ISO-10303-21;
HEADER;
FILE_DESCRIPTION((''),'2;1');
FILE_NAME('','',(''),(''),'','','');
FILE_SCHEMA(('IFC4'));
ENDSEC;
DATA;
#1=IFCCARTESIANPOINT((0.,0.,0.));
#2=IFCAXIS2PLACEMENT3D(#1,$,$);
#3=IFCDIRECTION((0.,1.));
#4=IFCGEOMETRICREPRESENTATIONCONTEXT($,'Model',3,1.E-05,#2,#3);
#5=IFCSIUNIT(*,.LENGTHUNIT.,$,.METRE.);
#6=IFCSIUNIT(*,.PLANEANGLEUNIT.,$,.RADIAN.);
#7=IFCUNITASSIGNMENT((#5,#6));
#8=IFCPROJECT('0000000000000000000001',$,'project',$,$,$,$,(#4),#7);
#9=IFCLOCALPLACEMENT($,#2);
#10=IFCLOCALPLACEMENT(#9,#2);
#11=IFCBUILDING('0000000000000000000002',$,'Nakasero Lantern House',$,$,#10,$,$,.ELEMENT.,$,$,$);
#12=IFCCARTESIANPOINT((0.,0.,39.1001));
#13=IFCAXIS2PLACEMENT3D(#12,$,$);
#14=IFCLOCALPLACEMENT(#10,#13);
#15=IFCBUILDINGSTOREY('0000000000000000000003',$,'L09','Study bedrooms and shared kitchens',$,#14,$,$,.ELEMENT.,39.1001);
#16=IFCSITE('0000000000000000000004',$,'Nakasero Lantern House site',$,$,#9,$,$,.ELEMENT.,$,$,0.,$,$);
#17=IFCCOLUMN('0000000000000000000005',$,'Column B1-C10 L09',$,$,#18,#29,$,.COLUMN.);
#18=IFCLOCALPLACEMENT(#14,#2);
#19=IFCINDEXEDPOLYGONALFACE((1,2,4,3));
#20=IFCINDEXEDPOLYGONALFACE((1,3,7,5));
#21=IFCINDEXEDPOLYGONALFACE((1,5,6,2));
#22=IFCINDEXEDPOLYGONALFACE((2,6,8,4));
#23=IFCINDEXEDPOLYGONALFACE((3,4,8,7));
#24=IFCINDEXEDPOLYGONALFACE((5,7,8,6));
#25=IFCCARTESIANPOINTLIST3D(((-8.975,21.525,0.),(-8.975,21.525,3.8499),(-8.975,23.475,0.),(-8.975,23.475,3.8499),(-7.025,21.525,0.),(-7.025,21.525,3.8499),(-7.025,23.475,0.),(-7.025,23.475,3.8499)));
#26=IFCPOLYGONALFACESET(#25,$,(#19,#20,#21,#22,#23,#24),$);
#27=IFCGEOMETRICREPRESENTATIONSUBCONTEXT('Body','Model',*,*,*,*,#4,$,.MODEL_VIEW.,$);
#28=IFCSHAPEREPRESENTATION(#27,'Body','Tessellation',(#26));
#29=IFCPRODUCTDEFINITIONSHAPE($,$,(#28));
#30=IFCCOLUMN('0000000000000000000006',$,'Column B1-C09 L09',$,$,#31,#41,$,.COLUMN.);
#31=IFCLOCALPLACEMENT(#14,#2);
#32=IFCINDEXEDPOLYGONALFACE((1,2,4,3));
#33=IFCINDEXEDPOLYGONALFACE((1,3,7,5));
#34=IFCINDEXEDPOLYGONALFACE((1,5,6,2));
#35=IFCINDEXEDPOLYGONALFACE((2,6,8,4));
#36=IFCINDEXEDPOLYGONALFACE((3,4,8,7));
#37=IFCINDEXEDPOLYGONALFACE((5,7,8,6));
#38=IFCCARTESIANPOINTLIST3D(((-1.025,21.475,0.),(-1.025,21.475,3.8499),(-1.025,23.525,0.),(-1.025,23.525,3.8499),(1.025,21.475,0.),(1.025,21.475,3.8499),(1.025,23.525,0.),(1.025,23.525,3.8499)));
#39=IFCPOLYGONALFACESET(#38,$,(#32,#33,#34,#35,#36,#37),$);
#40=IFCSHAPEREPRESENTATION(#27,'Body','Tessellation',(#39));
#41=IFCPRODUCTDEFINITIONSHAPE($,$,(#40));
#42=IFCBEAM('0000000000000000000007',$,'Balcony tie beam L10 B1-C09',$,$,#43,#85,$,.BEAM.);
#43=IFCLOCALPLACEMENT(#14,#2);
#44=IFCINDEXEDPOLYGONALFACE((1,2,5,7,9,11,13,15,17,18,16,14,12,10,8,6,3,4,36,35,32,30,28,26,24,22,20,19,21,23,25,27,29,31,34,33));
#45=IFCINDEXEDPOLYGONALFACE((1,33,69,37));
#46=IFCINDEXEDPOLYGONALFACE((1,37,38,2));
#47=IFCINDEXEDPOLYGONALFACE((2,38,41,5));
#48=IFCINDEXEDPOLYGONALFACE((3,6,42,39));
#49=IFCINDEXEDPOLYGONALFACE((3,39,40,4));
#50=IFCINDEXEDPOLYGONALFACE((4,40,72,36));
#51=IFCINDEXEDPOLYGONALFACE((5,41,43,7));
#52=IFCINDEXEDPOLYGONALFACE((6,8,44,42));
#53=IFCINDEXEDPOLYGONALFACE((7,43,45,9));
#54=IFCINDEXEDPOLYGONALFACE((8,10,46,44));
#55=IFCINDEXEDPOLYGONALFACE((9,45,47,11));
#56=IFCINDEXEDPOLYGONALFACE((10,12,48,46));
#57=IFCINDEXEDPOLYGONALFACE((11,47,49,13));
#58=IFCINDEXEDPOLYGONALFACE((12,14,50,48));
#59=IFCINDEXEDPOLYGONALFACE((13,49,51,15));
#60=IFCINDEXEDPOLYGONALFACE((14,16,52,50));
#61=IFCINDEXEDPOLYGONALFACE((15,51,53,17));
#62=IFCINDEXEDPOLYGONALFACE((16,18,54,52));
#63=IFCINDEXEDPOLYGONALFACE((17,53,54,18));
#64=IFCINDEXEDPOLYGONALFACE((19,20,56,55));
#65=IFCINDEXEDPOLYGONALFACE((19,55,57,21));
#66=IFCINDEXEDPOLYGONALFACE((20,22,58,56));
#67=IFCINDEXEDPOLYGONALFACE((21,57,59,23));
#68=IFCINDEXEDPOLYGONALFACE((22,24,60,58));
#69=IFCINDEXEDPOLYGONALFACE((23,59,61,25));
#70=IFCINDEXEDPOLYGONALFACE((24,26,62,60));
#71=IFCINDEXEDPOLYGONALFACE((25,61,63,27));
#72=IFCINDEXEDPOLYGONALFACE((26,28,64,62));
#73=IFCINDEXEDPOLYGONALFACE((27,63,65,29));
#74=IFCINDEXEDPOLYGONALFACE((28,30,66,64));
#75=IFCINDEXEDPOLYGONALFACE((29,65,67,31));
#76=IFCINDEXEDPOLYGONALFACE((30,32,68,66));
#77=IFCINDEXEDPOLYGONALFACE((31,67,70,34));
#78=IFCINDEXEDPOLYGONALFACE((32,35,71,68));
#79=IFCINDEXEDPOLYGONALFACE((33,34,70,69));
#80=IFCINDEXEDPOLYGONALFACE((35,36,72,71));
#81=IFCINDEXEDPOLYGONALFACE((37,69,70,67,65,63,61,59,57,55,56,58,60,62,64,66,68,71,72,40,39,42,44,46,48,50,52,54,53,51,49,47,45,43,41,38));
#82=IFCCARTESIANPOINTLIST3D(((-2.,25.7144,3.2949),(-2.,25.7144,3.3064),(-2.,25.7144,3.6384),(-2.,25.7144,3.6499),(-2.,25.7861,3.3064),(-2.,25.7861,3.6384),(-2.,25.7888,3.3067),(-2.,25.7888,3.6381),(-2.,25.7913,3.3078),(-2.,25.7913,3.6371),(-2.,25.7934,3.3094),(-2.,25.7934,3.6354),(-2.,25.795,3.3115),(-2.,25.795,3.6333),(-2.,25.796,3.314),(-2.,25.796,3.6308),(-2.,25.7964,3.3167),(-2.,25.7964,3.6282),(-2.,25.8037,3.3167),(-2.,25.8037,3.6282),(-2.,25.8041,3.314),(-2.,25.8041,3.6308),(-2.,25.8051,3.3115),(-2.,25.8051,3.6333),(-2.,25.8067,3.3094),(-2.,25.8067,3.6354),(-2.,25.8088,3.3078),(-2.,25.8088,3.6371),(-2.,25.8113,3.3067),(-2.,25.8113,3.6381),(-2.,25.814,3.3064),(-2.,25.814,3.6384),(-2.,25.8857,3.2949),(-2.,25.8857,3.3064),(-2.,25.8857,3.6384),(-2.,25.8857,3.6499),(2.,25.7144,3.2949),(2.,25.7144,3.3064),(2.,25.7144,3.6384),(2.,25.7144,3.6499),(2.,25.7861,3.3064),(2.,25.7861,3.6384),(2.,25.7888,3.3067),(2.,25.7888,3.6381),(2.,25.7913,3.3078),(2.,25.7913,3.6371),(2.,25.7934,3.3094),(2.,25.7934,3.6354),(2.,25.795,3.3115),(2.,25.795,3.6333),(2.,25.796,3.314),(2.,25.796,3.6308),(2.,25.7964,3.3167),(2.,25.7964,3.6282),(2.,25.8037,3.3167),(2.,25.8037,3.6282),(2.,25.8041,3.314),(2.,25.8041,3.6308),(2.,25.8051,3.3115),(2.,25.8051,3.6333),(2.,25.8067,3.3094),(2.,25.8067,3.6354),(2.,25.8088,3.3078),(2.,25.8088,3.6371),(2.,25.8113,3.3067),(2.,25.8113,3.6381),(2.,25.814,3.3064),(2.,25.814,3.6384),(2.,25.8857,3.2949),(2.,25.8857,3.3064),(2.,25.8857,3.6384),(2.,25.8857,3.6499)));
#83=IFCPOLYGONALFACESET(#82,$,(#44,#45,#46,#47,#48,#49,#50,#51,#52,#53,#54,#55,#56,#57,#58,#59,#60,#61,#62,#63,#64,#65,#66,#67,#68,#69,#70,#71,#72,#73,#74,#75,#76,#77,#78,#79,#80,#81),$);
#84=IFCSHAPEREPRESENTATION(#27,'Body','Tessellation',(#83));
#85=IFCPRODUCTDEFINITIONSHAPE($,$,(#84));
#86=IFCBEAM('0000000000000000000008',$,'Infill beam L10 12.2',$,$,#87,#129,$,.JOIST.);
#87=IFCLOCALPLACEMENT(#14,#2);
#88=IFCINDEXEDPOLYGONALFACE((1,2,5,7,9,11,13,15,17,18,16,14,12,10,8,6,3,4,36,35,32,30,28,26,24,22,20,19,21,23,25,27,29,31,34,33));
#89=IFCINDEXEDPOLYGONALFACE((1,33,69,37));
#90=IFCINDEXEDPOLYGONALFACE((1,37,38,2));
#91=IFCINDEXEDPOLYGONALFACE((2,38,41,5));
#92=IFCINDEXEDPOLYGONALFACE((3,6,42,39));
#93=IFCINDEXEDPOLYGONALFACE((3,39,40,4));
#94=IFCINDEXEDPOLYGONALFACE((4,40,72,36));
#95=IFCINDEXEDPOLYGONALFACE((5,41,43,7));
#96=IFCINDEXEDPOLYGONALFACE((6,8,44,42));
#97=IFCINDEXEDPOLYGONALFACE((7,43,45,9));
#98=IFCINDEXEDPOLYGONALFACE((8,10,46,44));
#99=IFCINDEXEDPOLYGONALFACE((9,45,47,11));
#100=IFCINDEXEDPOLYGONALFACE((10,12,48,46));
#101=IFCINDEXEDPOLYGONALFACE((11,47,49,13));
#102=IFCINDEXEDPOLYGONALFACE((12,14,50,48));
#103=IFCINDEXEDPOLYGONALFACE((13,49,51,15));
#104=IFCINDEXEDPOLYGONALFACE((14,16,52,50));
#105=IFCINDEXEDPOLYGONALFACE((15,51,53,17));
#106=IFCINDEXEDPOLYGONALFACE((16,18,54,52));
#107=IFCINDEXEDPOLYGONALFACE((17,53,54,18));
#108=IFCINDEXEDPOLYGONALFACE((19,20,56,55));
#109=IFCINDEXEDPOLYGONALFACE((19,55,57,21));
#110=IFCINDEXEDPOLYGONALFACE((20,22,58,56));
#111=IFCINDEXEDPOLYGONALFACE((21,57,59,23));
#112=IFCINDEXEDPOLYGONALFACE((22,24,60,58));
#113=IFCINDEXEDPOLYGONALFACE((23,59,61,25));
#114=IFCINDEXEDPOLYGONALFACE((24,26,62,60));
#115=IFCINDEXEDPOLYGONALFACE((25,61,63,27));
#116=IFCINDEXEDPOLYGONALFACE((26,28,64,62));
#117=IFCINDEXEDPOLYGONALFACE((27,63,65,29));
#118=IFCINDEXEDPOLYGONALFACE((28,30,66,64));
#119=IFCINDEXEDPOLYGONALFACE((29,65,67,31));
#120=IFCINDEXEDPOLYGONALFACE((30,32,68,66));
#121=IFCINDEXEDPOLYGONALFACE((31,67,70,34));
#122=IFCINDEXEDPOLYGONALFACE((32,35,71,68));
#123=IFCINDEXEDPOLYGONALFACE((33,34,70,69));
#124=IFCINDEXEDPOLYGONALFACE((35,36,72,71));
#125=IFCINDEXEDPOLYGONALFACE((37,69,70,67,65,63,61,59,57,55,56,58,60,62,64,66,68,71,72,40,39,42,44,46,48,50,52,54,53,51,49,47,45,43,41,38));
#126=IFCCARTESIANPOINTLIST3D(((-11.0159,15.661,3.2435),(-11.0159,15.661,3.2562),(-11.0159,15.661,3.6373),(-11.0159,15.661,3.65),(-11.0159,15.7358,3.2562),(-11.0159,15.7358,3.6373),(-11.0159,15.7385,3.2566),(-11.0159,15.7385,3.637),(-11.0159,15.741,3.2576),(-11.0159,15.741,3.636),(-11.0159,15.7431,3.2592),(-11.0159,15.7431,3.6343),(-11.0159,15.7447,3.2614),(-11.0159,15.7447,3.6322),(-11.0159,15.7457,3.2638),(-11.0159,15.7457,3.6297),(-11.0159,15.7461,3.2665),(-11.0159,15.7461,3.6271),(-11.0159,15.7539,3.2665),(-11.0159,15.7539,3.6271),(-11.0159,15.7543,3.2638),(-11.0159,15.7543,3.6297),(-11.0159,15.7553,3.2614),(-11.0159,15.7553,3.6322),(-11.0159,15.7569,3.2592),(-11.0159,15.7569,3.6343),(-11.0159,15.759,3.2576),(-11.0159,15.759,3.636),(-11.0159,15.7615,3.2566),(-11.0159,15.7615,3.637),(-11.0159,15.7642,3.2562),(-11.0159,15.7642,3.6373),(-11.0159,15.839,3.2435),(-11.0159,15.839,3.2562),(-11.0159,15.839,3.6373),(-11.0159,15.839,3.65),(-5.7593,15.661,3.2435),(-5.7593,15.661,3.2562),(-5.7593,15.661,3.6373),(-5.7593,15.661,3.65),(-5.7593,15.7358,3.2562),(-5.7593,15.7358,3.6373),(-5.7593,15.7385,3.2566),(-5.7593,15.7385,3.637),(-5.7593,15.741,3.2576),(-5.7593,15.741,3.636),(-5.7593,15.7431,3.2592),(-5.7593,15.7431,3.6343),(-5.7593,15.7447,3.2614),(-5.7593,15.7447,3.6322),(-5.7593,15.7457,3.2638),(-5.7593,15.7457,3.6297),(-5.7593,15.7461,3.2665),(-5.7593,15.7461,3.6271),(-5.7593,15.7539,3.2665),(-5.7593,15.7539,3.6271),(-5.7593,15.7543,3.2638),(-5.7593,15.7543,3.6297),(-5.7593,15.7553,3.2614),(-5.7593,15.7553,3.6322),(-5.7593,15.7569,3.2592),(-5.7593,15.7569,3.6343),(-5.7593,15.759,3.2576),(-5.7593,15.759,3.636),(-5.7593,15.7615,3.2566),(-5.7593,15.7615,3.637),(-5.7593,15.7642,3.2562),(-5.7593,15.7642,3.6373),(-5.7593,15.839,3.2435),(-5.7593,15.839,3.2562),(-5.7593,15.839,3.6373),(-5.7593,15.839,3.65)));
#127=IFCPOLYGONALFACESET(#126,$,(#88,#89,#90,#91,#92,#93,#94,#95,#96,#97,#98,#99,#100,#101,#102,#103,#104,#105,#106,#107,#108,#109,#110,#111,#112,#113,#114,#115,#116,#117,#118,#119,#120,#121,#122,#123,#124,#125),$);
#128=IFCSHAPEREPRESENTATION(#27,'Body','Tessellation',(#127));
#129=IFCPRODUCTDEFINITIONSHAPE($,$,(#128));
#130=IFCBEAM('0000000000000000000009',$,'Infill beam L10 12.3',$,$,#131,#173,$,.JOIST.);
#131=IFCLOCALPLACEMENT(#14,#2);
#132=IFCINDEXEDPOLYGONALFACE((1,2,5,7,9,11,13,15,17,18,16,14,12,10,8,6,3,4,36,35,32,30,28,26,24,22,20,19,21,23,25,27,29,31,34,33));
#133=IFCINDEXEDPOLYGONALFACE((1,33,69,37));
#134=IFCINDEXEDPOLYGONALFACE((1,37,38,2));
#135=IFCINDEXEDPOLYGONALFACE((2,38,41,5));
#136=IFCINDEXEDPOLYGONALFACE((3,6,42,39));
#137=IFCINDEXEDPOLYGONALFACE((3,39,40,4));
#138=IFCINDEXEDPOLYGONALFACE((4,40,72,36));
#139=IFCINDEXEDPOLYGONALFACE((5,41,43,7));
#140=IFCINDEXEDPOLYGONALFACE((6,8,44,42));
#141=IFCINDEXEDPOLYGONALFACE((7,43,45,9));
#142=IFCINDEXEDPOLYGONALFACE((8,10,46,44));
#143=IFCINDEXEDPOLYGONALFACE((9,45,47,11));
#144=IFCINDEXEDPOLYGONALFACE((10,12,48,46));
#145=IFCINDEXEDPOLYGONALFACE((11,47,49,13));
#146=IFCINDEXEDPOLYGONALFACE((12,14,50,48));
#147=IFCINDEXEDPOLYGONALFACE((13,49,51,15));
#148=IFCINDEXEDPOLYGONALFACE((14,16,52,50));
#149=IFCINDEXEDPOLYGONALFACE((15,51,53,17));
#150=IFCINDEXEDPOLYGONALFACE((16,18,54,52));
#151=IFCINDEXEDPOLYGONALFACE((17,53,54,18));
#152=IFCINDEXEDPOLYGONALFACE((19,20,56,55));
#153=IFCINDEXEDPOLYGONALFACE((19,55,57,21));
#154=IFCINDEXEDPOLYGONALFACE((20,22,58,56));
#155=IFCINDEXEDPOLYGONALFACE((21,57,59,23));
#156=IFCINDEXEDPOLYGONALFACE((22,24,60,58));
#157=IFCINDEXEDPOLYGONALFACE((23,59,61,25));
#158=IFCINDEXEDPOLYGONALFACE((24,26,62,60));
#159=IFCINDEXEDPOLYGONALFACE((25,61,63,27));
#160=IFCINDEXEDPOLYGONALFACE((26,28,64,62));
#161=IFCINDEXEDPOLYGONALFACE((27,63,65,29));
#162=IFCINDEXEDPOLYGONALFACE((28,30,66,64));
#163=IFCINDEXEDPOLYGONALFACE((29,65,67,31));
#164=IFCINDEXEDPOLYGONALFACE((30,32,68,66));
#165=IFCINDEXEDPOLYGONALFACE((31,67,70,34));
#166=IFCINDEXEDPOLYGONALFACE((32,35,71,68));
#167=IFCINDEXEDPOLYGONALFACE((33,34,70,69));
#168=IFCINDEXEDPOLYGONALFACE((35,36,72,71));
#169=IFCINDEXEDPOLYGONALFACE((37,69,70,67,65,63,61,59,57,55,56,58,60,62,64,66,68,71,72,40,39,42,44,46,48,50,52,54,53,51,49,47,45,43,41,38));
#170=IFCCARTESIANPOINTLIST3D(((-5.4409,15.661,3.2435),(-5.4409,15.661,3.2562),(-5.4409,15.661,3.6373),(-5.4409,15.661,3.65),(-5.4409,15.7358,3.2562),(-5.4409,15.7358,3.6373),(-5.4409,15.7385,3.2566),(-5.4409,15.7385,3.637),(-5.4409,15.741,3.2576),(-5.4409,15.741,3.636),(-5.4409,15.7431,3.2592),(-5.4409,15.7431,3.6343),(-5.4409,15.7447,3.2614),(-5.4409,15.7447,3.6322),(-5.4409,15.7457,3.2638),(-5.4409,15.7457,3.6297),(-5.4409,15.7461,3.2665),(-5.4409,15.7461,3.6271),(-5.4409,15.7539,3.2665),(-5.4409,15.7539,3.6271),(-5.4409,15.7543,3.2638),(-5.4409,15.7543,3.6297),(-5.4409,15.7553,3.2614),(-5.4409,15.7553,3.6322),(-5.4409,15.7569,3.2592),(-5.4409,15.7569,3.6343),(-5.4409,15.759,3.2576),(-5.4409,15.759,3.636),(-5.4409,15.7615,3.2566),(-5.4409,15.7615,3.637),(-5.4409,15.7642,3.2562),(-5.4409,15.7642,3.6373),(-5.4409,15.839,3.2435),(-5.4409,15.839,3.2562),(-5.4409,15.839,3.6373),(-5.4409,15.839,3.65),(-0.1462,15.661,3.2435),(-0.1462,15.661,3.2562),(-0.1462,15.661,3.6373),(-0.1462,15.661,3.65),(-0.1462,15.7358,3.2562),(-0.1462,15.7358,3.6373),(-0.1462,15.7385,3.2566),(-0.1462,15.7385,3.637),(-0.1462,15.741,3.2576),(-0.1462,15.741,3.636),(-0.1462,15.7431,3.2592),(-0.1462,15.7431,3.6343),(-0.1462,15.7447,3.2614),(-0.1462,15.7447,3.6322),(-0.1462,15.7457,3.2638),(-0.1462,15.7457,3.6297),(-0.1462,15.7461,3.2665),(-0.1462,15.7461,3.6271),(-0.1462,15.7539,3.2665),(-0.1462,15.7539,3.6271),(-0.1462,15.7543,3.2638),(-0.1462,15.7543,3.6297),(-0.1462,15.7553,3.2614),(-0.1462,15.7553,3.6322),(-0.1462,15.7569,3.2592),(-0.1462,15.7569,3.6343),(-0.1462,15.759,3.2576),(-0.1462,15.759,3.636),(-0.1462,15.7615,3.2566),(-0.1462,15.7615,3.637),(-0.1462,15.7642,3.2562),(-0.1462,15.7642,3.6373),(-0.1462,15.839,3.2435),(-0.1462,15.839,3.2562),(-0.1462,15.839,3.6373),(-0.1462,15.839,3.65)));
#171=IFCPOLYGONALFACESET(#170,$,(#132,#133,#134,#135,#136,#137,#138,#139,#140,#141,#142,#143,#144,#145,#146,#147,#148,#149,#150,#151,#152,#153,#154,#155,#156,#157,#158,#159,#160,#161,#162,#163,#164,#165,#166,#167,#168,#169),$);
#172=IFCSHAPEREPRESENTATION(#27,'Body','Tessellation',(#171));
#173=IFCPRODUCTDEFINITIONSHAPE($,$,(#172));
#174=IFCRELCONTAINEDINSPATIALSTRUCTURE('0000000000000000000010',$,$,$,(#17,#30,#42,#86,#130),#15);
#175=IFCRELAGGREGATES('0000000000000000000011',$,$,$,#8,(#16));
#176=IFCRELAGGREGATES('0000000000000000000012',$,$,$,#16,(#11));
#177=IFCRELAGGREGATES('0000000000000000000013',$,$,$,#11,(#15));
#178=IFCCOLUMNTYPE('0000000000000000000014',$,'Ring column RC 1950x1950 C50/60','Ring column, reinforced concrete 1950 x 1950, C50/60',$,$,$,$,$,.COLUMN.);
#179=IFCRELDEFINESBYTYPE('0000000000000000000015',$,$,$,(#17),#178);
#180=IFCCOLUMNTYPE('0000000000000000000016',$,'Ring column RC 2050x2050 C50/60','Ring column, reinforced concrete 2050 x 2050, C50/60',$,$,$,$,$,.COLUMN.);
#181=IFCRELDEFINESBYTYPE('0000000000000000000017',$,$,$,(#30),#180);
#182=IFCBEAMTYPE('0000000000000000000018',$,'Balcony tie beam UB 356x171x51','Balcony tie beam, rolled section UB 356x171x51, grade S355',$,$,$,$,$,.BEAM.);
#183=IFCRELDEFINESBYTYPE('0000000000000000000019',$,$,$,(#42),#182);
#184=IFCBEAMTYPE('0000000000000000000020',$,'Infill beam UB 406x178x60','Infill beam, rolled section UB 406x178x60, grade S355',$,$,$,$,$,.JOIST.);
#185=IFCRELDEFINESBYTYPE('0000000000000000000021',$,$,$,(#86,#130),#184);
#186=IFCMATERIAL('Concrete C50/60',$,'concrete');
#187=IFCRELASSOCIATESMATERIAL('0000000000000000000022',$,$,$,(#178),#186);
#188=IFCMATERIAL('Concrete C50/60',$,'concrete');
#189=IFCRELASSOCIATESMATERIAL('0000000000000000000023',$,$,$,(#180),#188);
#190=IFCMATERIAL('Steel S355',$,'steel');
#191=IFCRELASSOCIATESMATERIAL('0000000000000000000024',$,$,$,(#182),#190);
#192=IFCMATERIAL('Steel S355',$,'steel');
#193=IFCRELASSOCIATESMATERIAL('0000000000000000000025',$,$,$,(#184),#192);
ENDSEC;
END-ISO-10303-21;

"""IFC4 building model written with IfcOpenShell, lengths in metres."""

from ifc_helpers import new_model, si_unit, direction, frame, origin, origin_2d, place, context, subcontext, project, spatial, rectangle, i_section, extrude, material, material_profile, profile_set, type_object, element, save


model = new_model("IFC4")

# Units and contexts
model_context = context("Model", 3, precision=1e-05, world=origin(), true_north=direction((0.0, 1.0)))
body_context = subcontext(model_context, "Body", "Model", "MODEL_VIEW")
ifc_project = project(units=[si_unit("LENGTHUNIT", "METRE"), si_unit("PLANEANGLEUNIT", "RADIAN")], contexts=[model_context])

# Site, building, storey
site_placement = place(None, origin())
site = spatial("IfcSite", under=ifc_project, at=site_placement, Name="Nakasero Lantern House site", CompositionType="ELEMENT", RefElevation=0.0)
building_placement = place(site_placement, origin())
building = spatial("IfcBuilding", under=site, at=building_placement, Name="Nakasero Lantern House", CompositionType="ELEMENT")
storey_placement = place(building_placement, frame((0.0, 0.0, 39.1001)))
storey = spatial("IfcBuildingStorey", under=building, at=storey_placement, Name="L09", Description="Study bedrooms and shared kitchens", CompositionType="ELEMENT", Elevation=39.1001)

# Columns
ifc_material_1 = material(Name="Concrete C50/60", Category="concrete")
ifc_material_profile_1 = material_profile(ifc_material_1, rectangle(XDim=1.95, YDim=1.95, at=origin_2d()), Name="RC 1950x1950")
ifc_profile_set_1 = profile_set([ifc_material_profile_1], Name="Concrete C50/60")
column_type_1 = type_object("IfcColumnType", Name="Ring column RC 1950x1950 C50/60", Description="Ring column, reinforced concrete 1950 x 1950, C50/60", PredefinedType="COLUMN", material=ifc_profile_set_1)
column_1_placement = place(storey_placement, frame((-8.0, 22.5, 0.0), z_axis=(0.0, 0.0, 1.0), x_axis=(1.0, 0.0, 0.0)))
element("IfcColumn", 1, at=column_1_placement, inside=storey, type_object=column_type_1, Name="Column B1-C10 L09", PredefinedType="COLUMN", context=body_context, shape_type="SweptSolid", body=[
    extrude(rectangle(XDim=1.95, YDim=1.95, at=origin_2d()), origin(), (0.0, 0.0, 1.0), 3.8499),
])
ifc_material_2 = material(Name="Concrete C50/60", Category="concrete")
ifc_material_profile_2 = material_profile(ifc_material_2, rectangle(XDim=2.05, YDim=2.05, at=origin_2d()), Name="RC 2050x2050")
ifc_profile_set_2 = profile_set([ifc_material_profile_2], Name="Concrete C50/60")
column_type_2 = type_object("IfcColumnType", Name="Ring column RC 2050x2050 C50/60", Description="Ring column, reinforced concrete 2050 x 2050, C50/60", PredefinedType="COLUMN", material=ifc_profile_set_2)
column_2_placement = place(storey_placement, frame((0.0, 22.5, 0.0), z_axis=(0.0, 0.0, 1.0), x_axis=(1.0, 0.0, 0.0)))
element("IfcColumn", 2, at=column_2_placement, inside=storey, type_object=column_type_2, Name="Column B1-C09 L09", PredefinedType="COLUMN", context=body_context, shape_type="SweptSolid", body=[
    extrude(rectangle(XDim=2.05, YDim=2.05, at=origin_2d()), origin(), (0.0, 0.0, 1.0), 3.8499),
])

# Beams
ifc_material_3 = material(Name="Steel S355", Category="steel")
ifc_material_profile_3 = material_profile(ifc_material_3, i_section(OverallWidth=0.1714, OverallDepth=0.355, WebThickness=0.0073, FlangeThickness=0.0115, FilletRadius=0.0103, at=origin_2d()), Name="UB 356x171x51")
ifc_profile_set_3 = profile_set([ifc_material_profile_3], Name="Steel S355")
beam_type_1 = type_object("IfcBeamType", Name="Balcony tie beam UB 356x171x51", Description="Balcony tie beam, rolled section UB 356x171x51, grade S355", PredefinedType="BEAM", material=ifc_profile_set_3)
beam_1_placement = place(storey_placement, frame((-2.0, 25.8, 3.4724), z_axis=(1.0, 0.0, 0.0), x_axis=(0.0, 1.0, 0.0)))
element("IfcBeam", 3, at=beam_1_placement, inside=storey, type_object=beam_type_1, Name="Balcony tie beam L10 B1-C09", PredefinedType="BEAM", context=body_context, shape_type="SweptSolid", body=[
    extrude(i_section(OverallWidth=0.1714, OverallDepth=0.355, WebThickness=0.0073, FlangeThickness=0.0115, FilletRadius=0.0103, at=origin_2d()), origin(), (0.0, 0.0, 1.0), 4.0),
])
ifc_material_4 = material(Name="Steel S355", Category="steel")
ifc_material_profile_4 = material_profile(ifc_material_4, i_section(OverallWidth=0.178, OverallDepth=0.4065, WebThickness=0.0078, FlangeThickness=0.0127, FilletRadius=0.0103, at=origin_2d()), Name="UB 406x178x60")
ifc_profile_set_4 = profile_set([ifc_material_profile_4], Name="Steel S355")
beam_type_2 = type_object("IfcBeamType", Name="Infill beam UB 406x178x60", Description="Infill beam, rolled section UB 406x178x60, grade S355", PredefinedType="JOIST", material=ifc_profile_set_4)
beam_2_placement = place(storey_placement, frame((-11.0159, 15.75, 3.4468), z_axis=(1.0, 0.0, 0.0), x_axis=(0.0, 1.0, 0.0)))
element("IfcBeam", 4, at=beam_2_placement, inside=storey, type_object=beam_type_2, Name="Infill beam L10 12.2", PredefinedType="JOIST", context=body_context, shape_type="SweptSolid", body=[
    extrude(i_section(OverallWidth=0.178, OverallDepth=0.4065, WebThickness=0.0078, FlangeThickness=0.0127, FilletRadius=0.0103, at=origin_2d()), origin(), (0.0, 0.0, 1.0), 5.2566),
])
beam_3_placement = place(storey_placement, frame((-5.4409, 15.75, 3.4468), z_axis=(1.0, 0.0, 0.0), x_axis=(0.0, 1.0, 0.0)))
element("IfcBeam", 5, at=beam_3_placement, inside=storey, type_object=beam_type_2, Name="Infill beam L10 12.3", PredefinedType="JOIST", context=body_context, shape_type="SweptSolid", body=[
    extrude(i_section(OverallWidth=0.178, OverallDepth=0.4065, WebThickness=0.0078, FlangeThickness=0.0127, FilletRadius=0.0103, at=origin_2d()), origin(), (0.0, 0.0, 1.0), 5.2947),
])

save(model, "model.ifc")
